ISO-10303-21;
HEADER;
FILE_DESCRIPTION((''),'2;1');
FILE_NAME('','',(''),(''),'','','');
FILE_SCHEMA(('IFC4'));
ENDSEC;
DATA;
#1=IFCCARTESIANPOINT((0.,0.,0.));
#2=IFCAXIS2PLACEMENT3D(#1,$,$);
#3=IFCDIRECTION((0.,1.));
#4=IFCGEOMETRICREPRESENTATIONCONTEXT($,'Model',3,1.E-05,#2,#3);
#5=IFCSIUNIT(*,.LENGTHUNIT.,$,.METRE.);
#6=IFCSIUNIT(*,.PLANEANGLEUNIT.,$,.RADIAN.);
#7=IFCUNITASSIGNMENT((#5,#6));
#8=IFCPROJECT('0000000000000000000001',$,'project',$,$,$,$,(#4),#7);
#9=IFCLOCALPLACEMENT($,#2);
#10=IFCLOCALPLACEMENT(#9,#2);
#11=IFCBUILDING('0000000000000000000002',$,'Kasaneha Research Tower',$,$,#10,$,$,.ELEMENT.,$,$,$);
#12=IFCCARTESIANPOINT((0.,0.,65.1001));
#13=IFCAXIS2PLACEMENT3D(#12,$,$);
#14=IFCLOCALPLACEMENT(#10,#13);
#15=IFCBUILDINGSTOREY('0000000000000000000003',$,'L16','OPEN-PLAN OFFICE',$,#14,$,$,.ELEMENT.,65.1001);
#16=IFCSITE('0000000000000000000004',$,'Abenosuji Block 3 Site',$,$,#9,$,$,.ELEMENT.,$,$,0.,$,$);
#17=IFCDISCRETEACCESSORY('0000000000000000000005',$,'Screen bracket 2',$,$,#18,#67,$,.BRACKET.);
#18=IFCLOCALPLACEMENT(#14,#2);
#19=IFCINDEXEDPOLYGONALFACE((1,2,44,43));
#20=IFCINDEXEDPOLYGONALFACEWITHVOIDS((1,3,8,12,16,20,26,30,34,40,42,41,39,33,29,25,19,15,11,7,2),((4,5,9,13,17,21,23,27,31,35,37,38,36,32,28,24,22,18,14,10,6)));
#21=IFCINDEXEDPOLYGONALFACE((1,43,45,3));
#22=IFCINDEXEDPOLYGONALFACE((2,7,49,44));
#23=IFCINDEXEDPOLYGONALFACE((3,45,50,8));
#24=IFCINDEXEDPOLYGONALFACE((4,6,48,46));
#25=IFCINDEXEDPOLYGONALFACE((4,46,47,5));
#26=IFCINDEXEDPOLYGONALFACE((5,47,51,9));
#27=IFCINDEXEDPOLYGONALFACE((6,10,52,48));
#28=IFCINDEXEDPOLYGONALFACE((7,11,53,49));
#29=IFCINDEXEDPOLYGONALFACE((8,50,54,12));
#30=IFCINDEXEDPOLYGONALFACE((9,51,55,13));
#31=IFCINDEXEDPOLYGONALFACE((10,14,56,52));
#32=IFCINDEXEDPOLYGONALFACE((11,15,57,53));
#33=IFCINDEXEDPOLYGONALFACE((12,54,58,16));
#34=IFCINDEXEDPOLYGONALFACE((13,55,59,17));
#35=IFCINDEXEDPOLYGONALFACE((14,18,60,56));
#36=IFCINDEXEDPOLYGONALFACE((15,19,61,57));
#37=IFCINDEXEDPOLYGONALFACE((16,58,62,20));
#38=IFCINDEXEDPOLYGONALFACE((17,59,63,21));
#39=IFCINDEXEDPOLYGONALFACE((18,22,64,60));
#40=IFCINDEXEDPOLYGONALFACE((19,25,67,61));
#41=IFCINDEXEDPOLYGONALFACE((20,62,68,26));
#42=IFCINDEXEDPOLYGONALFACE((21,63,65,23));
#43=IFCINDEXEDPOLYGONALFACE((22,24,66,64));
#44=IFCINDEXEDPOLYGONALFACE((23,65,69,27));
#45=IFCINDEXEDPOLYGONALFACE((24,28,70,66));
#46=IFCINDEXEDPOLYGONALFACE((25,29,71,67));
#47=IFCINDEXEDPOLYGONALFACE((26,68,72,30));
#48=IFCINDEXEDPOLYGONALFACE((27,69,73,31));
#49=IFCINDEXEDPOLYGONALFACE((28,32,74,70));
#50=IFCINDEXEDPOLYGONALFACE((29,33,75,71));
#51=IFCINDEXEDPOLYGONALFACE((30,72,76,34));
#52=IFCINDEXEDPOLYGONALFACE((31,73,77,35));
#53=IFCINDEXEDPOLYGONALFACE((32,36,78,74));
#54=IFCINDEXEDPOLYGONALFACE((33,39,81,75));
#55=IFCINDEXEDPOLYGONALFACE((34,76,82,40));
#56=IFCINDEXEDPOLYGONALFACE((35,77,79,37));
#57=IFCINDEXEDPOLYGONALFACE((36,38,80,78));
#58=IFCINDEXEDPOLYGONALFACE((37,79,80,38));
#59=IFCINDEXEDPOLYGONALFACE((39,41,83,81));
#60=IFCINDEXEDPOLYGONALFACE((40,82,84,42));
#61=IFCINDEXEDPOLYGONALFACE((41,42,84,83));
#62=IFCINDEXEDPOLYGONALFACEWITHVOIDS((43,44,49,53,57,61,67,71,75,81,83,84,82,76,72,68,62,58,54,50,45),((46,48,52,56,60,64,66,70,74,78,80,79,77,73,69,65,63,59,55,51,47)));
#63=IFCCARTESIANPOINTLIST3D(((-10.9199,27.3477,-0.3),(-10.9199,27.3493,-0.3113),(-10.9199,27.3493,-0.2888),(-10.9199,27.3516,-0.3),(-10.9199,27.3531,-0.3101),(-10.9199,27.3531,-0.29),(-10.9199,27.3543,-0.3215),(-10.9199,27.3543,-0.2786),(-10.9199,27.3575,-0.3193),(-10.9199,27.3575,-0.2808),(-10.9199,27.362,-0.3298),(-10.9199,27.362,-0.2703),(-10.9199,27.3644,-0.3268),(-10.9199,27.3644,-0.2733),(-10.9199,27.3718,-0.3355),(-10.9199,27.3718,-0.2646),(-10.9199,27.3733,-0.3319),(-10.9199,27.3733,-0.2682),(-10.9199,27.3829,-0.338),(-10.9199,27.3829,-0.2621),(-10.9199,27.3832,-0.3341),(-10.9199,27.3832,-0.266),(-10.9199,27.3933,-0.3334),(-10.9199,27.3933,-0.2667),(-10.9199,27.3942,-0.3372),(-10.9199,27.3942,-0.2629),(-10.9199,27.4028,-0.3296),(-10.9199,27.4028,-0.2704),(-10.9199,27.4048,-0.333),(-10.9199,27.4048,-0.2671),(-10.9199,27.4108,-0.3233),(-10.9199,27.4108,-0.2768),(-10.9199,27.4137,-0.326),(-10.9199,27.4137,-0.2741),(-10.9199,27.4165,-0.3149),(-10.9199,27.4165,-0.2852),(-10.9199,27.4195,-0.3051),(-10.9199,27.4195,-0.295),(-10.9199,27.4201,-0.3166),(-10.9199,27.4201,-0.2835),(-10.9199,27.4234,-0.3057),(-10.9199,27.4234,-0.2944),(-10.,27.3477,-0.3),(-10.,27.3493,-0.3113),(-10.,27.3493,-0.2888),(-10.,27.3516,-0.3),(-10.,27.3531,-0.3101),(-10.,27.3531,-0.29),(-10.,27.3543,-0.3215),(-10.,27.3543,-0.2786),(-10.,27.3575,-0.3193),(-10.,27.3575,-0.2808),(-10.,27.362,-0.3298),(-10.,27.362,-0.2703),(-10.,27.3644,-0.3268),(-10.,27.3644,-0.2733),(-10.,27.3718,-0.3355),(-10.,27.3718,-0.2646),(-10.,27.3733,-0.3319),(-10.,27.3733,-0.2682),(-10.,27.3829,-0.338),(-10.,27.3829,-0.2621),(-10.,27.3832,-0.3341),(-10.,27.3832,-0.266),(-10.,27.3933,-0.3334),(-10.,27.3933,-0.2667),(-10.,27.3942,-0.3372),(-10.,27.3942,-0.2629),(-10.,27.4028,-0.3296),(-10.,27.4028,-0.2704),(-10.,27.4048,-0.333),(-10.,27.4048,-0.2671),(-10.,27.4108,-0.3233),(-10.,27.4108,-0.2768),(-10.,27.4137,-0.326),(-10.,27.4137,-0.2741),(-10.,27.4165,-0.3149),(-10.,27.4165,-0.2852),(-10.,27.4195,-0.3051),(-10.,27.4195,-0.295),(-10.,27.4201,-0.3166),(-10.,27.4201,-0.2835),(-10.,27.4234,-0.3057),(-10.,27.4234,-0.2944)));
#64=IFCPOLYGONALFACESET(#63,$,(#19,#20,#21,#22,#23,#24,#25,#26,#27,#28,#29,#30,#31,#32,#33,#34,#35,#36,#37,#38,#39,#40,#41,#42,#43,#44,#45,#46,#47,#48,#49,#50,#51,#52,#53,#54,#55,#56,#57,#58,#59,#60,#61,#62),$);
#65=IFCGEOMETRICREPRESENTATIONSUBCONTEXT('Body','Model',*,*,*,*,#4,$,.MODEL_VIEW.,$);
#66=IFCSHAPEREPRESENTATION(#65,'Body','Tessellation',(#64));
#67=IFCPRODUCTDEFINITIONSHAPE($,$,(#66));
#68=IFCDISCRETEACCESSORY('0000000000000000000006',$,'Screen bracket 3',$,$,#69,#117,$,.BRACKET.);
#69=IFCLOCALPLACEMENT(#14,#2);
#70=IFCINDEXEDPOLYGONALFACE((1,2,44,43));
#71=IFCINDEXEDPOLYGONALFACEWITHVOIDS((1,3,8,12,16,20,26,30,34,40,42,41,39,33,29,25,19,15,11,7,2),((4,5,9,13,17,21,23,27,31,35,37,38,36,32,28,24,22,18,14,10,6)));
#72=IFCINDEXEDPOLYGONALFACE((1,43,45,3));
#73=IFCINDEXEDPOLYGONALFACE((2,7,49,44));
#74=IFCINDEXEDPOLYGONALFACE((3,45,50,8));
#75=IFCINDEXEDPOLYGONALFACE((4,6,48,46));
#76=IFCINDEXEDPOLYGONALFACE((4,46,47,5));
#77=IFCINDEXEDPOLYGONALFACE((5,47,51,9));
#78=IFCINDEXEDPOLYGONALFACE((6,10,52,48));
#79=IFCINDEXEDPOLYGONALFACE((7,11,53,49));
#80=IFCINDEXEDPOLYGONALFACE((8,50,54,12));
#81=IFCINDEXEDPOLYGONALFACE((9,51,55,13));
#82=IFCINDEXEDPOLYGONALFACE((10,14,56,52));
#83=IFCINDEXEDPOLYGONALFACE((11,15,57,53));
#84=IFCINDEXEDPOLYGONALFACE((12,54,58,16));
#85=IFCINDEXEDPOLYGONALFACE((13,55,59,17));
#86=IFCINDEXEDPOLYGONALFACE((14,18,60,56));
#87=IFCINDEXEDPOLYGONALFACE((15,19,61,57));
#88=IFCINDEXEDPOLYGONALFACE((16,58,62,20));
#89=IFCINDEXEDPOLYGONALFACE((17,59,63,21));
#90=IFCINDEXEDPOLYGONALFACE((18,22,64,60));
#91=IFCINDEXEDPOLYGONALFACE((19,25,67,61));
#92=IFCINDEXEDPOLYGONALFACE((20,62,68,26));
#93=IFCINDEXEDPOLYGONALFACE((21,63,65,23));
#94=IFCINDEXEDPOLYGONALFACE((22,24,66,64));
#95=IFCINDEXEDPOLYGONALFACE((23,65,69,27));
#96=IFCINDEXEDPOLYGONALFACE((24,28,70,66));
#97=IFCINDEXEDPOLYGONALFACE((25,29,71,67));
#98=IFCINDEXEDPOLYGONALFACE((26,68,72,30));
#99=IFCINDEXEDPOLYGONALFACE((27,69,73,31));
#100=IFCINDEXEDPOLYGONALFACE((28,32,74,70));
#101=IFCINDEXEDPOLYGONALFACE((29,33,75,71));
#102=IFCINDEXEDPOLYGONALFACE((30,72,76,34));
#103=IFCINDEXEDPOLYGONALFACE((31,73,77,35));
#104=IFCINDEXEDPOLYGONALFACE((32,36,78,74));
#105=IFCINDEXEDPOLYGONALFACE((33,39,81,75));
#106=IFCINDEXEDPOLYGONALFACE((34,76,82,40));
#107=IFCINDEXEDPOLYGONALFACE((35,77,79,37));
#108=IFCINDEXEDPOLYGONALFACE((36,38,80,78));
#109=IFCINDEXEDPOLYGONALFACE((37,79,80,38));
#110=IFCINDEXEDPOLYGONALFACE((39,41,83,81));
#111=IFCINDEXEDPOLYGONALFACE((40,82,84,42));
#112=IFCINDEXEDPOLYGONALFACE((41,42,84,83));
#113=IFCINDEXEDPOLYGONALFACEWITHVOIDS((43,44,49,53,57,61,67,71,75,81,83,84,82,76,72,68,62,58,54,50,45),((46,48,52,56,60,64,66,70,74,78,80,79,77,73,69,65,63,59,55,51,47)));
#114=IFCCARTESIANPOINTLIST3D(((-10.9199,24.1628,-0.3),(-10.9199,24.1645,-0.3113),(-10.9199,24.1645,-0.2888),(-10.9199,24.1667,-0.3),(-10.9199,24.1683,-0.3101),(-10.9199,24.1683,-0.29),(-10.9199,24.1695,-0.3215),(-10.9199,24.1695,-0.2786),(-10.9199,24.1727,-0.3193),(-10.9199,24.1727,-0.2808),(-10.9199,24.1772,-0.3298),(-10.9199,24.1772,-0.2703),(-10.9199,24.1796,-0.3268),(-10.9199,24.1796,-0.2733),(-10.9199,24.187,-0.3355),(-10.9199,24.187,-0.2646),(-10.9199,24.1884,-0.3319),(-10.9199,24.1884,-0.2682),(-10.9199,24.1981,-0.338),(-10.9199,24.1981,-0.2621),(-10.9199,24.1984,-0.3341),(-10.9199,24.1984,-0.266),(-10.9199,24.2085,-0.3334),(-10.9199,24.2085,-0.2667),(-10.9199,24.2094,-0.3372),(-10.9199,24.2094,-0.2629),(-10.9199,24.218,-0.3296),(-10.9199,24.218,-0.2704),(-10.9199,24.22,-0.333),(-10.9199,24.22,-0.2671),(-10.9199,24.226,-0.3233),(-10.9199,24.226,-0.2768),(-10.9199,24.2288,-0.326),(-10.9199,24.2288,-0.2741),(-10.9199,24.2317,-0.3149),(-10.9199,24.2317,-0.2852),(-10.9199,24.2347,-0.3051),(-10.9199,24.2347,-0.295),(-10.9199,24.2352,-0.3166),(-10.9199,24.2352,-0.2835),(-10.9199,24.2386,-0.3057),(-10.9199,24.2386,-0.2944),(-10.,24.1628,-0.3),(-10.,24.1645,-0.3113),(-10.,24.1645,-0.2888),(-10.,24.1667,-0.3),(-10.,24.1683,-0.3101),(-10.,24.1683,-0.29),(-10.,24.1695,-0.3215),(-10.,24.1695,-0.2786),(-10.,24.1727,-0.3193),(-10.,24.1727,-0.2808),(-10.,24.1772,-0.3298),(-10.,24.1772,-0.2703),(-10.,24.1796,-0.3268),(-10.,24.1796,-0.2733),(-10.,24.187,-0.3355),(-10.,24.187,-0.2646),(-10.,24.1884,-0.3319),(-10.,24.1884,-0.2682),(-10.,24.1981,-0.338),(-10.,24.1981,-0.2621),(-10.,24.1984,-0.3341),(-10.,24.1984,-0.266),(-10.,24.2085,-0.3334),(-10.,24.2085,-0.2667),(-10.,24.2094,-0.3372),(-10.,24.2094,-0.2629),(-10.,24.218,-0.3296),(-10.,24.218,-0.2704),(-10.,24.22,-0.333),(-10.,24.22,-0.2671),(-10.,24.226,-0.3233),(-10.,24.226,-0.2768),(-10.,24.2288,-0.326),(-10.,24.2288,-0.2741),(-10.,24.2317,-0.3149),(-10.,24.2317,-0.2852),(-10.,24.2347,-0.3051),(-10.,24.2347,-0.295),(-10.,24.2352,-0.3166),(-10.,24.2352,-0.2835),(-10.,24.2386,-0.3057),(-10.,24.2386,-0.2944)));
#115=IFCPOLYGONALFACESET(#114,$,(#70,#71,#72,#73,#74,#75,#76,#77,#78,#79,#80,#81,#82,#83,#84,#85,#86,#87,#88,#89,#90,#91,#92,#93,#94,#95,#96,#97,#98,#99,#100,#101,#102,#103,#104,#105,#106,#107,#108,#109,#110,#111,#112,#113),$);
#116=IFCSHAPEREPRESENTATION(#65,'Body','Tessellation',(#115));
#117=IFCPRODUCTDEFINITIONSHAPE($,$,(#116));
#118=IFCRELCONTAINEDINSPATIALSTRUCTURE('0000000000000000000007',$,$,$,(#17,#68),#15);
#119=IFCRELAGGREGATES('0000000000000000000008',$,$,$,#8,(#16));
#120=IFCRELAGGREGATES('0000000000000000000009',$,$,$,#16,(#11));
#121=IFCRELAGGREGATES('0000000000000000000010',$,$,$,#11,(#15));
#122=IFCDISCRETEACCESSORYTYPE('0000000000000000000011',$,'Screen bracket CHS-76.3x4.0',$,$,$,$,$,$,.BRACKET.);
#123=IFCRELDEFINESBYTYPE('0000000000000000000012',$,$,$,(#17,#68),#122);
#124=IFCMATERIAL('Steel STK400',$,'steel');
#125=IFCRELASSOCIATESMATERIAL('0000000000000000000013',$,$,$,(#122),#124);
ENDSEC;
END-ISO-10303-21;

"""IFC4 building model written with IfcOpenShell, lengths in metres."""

from ifc_helpers import new_model, si_unit, direction, frame, origin, origin_2d, place, context, subcontext, project, spatial, hollow_circle, extrude, material, material_profile, profile_set, type_object, element, save


model = new_model("IFC4")

# Units and contexts
model_context = context("Model", 3, precision=1e-05, world=origin(), true_north=direction((0.0, 1.0)))
body_context = subcontext(model_context, "Body", "Model", "MODEL_VIEW")
ifc_project = project(units=[si_unit("LENGTHUNIT", "METRE"), si_unit("PLANEANGLEUNIT", "RADIAN")], contexts=[model_context])

# Site, building, storey
site_placement = place(None, origin())
site = spatial("IfcSite", under=ifc_project, at=site_placement, Name="Abenosuji Block 3 Site", CompositionType="ELEMENT", RefElevation=0.0)
building_placement = place(site_placement, origin())
building = spatial("IfcBuilding", under=site, at=building_placement, Name="Kasaneha Research Tower", CompositionType="ELEMENT")
storey_placement = place(building_placement, frame((0.0, 0.0, 65.1001)))
storey = spatial("IfcBuildingStorey", under=building, at=storey_placement, Name="L16", Description="OPEN-PLAN OFFICE", CompositionType="ELEMENT", Elevation=65.1001)

# Discrete accessories
ifc_material_1 = material(Name="Steel STK400", Category="steel")
ifc_material_profile_1 = material_profile(ifc_material_1, hollow_circle(Radius=0.0381, WallThickness=0.0039, at=origin_2d()), Name="CHS-76.3x4.0")
ifc_profile_set_1 = profile_set([ifc_material_profile_1], Name="Steel STK400")
discrete_accessory_type = type_object("IfcDiscreteAccessoryType", Name="Screen bracket CHS-76.3x4.0", PredefinedType="BRACKET", material=ifc_profile_set_1)
for number, where, z_axis, x_axis, name in (
    (1, (-10.0, 27.3857, -0.3), (-1.0, 0.0, 0.0), (0.0, -1.0, 0.0), "Screen bracket 2"),
    (2, (-10.0, 24.2009, -0.3), (-1.0, 0.0, 0.0), (0.0, -1.0, 0.0), "Screen bracket 3"),
):
    element("IfcDiscreteAccessory", number, at=place(storey_placement, frame(where, z_axis=z_axis, x_axis=x_axis)), inside=storey, type_object=discrete_accessory_type, Name=name, PredefinedType="BRACKET", context=body_context, shape_type="SweptSolid", body=[
        extrude(hollow_circle(Radius=0.0381, WallThickness=0.0039, at=origin_2d()), origin(), (0.0, 0.0, 1.0), 0.9199),
    ])

save(model, "model.ifc")
